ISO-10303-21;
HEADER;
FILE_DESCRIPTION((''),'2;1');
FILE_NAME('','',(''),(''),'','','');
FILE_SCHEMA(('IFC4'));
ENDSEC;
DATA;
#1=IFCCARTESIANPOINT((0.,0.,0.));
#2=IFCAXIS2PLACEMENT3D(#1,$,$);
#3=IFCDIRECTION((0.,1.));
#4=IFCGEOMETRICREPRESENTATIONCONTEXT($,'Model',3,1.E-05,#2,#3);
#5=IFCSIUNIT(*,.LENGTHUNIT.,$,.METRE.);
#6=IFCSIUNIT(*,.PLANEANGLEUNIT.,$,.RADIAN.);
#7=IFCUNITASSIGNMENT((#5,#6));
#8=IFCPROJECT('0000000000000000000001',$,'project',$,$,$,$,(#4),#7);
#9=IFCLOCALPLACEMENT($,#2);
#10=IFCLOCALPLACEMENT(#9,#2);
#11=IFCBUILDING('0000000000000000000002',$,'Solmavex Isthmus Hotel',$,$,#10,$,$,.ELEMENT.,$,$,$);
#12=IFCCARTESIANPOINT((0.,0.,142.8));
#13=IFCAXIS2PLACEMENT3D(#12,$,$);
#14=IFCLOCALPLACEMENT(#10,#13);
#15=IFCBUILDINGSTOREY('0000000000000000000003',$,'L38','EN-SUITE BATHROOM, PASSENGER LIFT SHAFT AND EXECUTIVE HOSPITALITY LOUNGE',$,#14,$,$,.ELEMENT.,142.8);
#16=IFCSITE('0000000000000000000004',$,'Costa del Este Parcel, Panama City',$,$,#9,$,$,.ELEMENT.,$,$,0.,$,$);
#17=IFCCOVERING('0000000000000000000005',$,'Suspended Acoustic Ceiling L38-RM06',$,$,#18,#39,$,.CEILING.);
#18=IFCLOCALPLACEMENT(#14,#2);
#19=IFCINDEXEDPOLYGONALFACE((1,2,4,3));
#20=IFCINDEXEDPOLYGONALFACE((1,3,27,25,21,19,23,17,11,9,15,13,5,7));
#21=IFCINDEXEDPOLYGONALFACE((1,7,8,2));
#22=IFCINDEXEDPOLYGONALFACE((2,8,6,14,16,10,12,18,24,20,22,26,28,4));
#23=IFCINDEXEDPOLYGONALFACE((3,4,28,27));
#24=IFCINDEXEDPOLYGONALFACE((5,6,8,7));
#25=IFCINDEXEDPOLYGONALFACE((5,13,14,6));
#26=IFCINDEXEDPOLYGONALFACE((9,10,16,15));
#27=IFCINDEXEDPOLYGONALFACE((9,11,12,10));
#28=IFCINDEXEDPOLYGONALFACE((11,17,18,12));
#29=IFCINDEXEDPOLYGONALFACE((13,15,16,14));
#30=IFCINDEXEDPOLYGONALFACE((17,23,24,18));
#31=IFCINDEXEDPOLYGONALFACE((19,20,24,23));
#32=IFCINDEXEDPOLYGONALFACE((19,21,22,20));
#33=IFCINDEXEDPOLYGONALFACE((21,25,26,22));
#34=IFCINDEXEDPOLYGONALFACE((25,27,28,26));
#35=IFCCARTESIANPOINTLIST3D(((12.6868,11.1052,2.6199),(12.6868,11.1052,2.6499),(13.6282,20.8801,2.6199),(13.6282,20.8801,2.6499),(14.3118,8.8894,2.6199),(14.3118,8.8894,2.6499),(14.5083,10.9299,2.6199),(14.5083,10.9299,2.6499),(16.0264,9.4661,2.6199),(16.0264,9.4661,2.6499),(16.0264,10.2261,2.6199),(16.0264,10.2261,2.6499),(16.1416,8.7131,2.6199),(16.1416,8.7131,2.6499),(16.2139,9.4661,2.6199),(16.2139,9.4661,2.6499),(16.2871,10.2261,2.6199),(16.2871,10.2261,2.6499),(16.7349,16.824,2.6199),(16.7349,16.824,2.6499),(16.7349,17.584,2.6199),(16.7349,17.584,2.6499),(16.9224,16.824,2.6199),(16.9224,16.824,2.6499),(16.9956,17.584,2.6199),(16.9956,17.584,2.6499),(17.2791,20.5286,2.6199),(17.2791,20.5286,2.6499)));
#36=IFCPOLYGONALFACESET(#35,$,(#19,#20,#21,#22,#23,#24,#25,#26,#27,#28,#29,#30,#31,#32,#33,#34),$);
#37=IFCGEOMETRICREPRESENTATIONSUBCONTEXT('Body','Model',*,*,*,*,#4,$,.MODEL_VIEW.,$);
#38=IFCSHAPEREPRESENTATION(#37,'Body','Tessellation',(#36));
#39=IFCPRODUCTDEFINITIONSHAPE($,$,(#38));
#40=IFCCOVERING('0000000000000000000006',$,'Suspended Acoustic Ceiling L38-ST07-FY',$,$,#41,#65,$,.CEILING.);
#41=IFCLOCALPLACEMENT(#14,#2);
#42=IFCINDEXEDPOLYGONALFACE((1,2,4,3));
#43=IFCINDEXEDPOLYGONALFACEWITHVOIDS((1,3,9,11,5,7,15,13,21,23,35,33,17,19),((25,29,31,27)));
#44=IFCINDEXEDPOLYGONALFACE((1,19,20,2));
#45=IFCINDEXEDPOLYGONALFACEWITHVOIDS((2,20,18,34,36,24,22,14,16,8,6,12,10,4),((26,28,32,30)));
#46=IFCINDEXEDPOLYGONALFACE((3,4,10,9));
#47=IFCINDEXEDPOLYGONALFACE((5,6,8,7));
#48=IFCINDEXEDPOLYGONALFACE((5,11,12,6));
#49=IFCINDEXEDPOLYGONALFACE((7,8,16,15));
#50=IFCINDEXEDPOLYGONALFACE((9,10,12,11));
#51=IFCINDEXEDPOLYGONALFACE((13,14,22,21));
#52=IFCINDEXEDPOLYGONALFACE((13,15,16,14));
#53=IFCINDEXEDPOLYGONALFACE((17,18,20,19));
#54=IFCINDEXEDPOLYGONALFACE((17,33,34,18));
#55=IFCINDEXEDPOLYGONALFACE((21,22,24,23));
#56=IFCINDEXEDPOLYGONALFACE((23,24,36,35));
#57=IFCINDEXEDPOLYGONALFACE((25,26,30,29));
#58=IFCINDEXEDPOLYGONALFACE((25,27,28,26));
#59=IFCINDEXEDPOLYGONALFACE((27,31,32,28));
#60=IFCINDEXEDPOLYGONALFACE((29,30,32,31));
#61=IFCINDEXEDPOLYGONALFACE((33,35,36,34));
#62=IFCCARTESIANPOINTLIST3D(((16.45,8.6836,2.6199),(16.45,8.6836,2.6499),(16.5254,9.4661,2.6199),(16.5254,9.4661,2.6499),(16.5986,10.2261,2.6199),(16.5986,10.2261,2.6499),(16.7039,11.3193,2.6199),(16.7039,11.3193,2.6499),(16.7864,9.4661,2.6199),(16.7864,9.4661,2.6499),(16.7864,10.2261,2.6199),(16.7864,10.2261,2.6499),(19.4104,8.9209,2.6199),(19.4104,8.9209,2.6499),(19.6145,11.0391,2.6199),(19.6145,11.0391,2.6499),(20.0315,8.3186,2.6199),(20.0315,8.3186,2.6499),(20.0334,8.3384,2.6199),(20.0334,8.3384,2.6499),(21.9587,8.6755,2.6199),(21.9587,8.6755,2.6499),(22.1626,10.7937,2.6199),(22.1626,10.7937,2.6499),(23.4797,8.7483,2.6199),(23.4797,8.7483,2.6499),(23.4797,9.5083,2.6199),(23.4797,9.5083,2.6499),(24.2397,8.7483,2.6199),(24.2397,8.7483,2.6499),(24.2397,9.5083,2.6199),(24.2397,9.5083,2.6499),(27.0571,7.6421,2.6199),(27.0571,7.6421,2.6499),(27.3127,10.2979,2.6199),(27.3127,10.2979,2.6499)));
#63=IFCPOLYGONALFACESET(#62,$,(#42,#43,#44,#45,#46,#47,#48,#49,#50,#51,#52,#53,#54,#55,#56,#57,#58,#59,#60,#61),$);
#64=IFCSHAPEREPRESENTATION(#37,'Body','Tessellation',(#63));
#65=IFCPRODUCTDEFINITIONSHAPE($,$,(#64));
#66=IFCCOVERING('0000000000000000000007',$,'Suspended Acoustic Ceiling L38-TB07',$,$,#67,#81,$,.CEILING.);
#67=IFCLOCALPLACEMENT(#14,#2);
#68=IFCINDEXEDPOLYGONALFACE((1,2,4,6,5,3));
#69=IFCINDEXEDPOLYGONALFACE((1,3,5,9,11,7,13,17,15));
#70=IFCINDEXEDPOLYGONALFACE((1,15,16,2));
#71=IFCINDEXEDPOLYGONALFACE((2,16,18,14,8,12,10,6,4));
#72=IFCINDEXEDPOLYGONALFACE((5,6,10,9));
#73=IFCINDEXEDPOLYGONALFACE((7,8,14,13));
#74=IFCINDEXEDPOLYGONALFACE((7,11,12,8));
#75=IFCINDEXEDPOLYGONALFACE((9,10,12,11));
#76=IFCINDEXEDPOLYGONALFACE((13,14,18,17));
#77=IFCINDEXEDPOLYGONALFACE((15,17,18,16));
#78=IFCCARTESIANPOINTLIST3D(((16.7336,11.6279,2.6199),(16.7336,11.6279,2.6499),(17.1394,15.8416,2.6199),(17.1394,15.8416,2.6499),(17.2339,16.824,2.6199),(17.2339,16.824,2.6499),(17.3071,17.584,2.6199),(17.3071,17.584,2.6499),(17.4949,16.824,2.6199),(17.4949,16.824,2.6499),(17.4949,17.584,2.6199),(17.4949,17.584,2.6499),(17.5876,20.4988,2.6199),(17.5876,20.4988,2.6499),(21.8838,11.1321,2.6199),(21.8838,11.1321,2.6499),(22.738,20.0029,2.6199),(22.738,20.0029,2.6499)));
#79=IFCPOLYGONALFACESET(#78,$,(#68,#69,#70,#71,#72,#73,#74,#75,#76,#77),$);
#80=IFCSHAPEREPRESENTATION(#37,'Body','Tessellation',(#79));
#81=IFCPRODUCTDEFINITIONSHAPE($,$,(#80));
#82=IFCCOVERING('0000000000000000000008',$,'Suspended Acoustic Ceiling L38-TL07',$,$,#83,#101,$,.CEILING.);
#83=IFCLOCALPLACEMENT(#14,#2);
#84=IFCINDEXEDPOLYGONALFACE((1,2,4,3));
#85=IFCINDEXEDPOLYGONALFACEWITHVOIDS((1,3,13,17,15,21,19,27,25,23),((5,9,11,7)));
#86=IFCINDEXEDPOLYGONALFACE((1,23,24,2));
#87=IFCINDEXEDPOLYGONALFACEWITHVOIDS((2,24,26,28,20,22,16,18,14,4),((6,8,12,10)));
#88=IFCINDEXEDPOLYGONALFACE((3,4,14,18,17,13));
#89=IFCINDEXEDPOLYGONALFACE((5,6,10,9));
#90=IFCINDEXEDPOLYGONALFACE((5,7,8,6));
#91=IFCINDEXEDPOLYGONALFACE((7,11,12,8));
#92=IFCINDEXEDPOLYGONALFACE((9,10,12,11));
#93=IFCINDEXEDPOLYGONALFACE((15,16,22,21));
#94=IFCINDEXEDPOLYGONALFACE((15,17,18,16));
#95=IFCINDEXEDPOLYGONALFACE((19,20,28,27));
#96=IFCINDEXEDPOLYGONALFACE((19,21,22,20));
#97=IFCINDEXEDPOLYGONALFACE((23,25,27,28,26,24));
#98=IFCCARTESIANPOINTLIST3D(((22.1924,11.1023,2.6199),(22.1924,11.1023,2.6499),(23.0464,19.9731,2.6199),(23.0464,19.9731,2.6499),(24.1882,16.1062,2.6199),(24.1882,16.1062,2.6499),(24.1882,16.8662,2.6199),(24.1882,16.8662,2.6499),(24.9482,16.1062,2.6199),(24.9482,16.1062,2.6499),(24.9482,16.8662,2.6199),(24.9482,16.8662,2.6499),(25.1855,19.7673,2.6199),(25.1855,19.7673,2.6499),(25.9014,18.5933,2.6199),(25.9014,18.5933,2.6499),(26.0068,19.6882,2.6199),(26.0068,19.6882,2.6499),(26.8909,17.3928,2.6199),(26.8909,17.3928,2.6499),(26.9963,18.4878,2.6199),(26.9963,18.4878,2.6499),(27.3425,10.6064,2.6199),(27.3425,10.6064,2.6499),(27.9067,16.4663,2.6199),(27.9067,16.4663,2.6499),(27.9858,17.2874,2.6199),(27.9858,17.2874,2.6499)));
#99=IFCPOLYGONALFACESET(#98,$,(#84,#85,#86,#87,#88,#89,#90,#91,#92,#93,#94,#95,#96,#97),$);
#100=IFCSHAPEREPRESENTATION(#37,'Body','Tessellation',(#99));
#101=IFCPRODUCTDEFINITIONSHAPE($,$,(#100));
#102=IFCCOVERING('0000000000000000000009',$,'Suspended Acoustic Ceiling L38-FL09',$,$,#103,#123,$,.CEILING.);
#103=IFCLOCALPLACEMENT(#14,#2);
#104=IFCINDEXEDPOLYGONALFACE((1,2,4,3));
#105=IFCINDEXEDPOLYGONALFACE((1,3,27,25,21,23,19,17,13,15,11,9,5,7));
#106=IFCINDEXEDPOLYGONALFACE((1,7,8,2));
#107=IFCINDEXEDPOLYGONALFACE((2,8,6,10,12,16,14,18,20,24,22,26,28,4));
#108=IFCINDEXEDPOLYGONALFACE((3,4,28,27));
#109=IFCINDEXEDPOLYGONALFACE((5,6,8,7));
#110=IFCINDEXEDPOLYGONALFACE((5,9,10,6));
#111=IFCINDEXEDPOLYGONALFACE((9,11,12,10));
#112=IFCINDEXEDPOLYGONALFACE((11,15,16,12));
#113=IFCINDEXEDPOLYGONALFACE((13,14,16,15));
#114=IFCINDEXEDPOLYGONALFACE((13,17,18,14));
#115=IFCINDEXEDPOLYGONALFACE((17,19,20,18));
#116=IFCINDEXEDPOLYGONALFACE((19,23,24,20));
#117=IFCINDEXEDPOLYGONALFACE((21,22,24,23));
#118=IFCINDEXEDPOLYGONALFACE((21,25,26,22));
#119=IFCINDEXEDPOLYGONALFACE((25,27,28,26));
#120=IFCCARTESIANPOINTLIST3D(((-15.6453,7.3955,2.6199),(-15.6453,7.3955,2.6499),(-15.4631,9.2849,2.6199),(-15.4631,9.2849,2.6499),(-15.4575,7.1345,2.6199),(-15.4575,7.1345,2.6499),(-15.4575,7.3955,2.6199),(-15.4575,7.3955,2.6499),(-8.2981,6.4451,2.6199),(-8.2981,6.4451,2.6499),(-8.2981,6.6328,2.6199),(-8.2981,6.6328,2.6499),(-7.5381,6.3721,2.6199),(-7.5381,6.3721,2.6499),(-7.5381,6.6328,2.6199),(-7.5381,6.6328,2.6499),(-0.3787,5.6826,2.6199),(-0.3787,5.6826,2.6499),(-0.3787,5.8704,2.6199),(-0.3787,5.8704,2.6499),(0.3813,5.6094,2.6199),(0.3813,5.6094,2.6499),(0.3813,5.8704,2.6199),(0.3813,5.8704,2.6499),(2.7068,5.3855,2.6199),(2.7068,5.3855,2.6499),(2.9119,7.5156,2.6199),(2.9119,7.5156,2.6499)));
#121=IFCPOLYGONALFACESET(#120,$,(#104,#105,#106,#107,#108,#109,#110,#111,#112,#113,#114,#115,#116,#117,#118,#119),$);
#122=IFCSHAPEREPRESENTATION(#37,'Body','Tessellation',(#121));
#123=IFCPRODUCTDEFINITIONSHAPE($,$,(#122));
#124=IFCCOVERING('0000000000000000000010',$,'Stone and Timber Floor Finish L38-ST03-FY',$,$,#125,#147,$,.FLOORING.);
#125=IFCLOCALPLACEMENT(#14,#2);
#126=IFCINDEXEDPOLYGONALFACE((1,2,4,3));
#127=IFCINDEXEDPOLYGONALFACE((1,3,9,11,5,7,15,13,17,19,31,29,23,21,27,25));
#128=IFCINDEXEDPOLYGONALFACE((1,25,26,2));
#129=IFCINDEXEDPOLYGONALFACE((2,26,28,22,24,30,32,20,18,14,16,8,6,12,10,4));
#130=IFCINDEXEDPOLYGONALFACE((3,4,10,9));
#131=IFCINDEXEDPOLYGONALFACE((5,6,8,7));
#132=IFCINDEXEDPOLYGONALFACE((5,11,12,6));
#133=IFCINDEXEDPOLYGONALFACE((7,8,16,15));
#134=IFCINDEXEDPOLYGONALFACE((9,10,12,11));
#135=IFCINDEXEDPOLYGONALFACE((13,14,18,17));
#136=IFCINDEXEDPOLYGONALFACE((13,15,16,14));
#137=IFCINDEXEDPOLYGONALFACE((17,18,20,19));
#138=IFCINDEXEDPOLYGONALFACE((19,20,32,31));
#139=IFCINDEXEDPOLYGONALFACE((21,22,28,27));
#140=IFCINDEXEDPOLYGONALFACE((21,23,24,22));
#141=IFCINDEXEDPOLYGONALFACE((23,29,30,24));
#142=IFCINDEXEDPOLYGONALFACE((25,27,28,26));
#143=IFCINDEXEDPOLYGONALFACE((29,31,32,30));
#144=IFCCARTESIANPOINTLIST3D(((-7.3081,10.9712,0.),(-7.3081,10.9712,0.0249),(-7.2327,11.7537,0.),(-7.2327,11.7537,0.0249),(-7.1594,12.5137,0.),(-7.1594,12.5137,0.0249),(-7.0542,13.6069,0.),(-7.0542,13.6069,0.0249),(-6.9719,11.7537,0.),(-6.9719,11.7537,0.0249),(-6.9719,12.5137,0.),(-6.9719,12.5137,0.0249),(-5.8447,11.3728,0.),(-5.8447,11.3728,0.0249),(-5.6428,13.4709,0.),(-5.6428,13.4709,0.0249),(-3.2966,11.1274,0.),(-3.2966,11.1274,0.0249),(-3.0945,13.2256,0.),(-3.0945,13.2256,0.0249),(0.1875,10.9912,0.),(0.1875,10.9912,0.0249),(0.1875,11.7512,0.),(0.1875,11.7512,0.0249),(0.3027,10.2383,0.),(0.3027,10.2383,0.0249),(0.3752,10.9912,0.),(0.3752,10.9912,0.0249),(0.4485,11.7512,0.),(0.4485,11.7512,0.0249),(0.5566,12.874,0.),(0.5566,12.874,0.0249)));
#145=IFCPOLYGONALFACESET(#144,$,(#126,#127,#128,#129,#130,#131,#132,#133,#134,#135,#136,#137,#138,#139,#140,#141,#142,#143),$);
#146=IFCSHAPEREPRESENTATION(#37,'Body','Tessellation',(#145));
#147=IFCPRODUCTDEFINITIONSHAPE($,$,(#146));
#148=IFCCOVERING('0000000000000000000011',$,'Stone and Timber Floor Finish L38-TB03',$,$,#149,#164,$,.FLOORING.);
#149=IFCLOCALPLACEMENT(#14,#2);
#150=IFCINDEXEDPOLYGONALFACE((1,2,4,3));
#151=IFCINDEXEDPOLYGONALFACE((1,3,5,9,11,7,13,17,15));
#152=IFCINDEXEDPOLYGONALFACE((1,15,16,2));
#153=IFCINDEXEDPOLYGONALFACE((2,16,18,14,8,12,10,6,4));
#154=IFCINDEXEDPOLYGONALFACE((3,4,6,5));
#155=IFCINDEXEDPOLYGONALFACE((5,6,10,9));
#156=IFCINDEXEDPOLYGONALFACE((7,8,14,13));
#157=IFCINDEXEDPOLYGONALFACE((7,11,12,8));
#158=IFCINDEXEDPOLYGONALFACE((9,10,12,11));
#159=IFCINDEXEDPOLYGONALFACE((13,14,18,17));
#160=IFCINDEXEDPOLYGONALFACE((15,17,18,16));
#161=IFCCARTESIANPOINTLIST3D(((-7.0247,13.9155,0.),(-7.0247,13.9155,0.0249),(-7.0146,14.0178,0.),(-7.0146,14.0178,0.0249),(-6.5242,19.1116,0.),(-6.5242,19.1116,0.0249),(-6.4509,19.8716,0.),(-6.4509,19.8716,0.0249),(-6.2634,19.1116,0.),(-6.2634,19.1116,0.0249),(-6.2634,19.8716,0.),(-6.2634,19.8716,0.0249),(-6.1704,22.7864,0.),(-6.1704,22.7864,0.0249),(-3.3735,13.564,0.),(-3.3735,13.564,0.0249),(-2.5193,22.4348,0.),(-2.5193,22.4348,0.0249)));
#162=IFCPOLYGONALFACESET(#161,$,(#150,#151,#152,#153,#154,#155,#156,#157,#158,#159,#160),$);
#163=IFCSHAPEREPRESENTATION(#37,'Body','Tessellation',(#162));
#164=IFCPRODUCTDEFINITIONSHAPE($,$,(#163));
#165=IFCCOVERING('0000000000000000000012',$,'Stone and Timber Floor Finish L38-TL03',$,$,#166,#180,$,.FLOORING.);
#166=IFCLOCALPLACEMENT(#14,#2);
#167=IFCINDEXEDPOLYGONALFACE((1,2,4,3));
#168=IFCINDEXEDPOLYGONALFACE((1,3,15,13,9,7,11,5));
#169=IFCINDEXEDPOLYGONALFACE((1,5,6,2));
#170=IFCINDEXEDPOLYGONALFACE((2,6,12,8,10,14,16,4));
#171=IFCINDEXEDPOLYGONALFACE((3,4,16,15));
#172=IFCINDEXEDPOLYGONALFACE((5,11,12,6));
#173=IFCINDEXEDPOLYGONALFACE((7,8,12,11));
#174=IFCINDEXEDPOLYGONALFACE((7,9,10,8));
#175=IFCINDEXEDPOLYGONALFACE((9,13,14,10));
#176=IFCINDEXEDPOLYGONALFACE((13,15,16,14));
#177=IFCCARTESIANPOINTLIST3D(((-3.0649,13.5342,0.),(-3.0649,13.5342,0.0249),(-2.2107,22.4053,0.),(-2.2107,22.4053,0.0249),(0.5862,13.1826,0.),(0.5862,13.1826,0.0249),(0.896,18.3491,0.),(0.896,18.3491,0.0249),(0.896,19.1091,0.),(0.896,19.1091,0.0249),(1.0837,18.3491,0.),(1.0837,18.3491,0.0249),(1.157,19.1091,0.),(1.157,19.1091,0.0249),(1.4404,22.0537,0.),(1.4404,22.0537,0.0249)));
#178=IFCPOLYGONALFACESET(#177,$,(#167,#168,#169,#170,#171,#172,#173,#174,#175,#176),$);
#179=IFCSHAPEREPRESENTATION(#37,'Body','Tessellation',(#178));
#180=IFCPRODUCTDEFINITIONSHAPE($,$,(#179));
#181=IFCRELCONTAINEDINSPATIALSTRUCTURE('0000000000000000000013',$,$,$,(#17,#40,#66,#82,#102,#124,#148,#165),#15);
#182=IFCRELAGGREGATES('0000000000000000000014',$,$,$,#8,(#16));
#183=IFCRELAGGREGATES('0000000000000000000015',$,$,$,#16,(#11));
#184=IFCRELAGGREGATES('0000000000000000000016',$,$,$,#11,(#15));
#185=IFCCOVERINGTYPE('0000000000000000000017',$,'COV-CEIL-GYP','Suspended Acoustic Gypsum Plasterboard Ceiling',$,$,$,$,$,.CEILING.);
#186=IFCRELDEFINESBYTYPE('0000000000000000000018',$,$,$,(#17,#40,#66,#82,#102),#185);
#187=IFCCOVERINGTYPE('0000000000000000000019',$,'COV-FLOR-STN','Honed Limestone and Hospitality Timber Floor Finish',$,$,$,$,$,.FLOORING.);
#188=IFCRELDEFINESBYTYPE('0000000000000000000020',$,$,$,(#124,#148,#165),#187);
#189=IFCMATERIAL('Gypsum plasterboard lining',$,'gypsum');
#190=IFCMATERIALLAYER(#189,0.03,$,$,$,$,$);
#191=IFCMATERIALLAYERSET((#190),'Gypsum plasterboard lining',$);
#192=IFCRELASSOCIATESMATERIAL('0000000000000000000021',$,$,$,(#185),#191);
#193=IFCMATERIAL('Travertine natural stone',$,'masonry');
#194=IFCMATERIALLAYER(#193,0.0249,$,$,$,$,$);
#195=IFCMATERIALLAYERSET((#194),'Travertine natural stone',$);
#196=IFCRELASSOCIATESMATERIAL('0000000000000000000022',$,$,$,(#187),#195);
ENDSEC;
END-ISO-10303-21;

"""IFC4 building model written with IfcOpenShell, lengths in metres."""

from ifc_helpers import new_model, si_unit, direction, frame, origin, place, context, subcontext, project, spatial, polyline, outline, extrude, material, layer, layer_set, type_object, element, save


model = new_model("IFC4")

# Units and contexts
model_context = context("Model", 3, precision=1e-05, world=origin(), true_north=direction((0.0, 1.0)))
body_context = subcontext(model_context, "Body", "Model", "MODEL_VIEW")
ifc_project = project(units=[si_unit("LENGTHUNIT", "METRE"), si_unit("PLANEANGLEUNIT", "RADIAN")], contexts=[model_context])

# Site, building, storey
site_placement = place(None, origin())
site = spatial("IfcSite", under=ifc_project, at=site_placement, Name="Costa del Este Parcel, Panama City", CompositionType="ELEMENT", RefElevation=0.0)
building_placement = place(site_placement, origin())
building = spatial("IfcBuilding", under=site, at=building_placement, Name="Solmavex Isthmus Hotel", CompositionType="ELEMENT")
storey_placement = place(building_placement, frame((0.0, 0.0, 142.8)))
storey = spatial("IfcBuildingStorey", under=building, at=storey_placement, Name="L38", Description="EN-SUITE BATHROOM, PASSENGER LIFT SHAFT AND EXECUTIVE HOSPITALITY LOUNGE", CompositionType="ELEMENT", Elevation=142.8)

# Shared definitions
ifc_material_1 = material(Name="Gypsum plasterboard lining", Category="gypsum")

# Coverings
ifc_layer_1 = layer(ifc_material_1, 0.03)
ifc_layer_set_1 = layer_set([ifc_layer_1], Name="Gypsum plasterboard lining")
covering_type_1 = type_object("IfcCoveringType", Name="COV-CEIL-GYP", Description="Suspended Acoustic Gypsum Plasterboard Ceiling", PredefinedType="CEILING", material=ifc_layer_set_1)
covering_1_placement = place(storey_placement, frame((0.0, 0.0, 2.6199)))
element("IfcCovering", 1, at=covering_1_placement, inside=storey, type_object=covering_type_1, Name="Suspended Acoustic Ceiling L38-RM06", PredefinedType="CEILING", context=body_context, shape_type="SweptSolid", body=[
    extrude(outline(polyline([(16.9224, 16.824), (16.7349, 16.824), (16.7349, 17.584), (16.9956, 17.584), (17.2791, 20.5286), (13.6282, 20.8801), (12.6868, 11.1052), (14.5083, 10.9299), (14.3118, 8.8894), (16.1416, 8.7131), (16.2139, 9.4661), (16.0264, 9.4661), (16.0264, 10.2261), (16.2871, 10.2261), (16.9224, 16.824)])), origin(), (0.0, 0.0, 1.0), 0.03),
])
covering_2_placement = place(storey_placement, frame((0.0, 0.0, 2.6199)))
element("IfcCovering", 2, at=covering_2_placement, inside=storey, type_object=covering_type_1, Name="Suspended Acoustic Ceiling L38-ST07-FY", PredefinedType="CEILING", context=body_context, shape_type="SweptSolid", body=[
    extrude(outline(polyline([(19.6145, 11.0391), (16.7039, 11.3193), (16.5986, 10.2261), (16.7864, 10.2261), (16.7864, 9.4661), (16.5254, 9.4661), (16.45, 8.6836), (20.0334, 8.3384), (20.0315, 8.3186), (27.0571, 7.6421), (27.3127, 10.2979), (22.1626, 10.7937), (21.9587, 8.6755), (19.4104, 8.9209), (19.6145, 11.0391)]), holes=[polyline([(23.4797, 8.7483), (23.4797, 9.5083), (24.2397, 9.5083), (24.2397, 8.7483), (23.4797, 8.7483)])]), origin(), (0.0, 0.0, 1.0), 0.03),
])
covering_3_placement = place(storey_placement, frame((0.0, 0.0, 2.6199)))
element("IfcCovering", 3, at=covering_3_placement, inside=storey, type_object=covering_type_1, Name="Suspended Acoustic Ceiling L38-TB07", PredefinedType="CEILING", context=body_context, shape_type="SweptSolid", body=[
    extrude(outline(polyline([(17.3071, 17.584), (17.4949, 17.584), (17.4949, 16.824), (17.2339, 16.824), (17.1394, 15.8416), (16.7336, 11.6279), (21.8838, 11.1321), (22.738, 20.0029), (17.5876, 20.4988), (17.3071, 17.584)])), origin(), (0.0, 0.0, 1.0), 0.03),
])
covering_4_placement = place(storey_placement, frame((0.0, 0.0, 2.6199)))
element("IfcCovering", 4, at=covering_4_placement, inside=storey, type_object=covering_type_1, Name="Suspended Acoustic Ceiling L38-TL07", PredefinedType="CEILING", context=body_context, shape_type="SweptSolid", body=[
    extrude(outline(polyline([(26.0068, 19.6882), (25.1855, 19.7673), (23.0464, 19.9731), (22.1924, 11.1023), (27.3425, 10.6064), (27.9067, 16.4663), (27.9858, 17.2874), (26.8909, 17.3928), (26.9963, 18.4878), (25.9014, 18.5933), (26.0068, 19.6882)]), holes=[polyline([(24.1882, 16.1062), (24.1882, 16.8662), (24.9482, 16.8662), (24.9482, 16.1062), (24.1882, 16.1062)])]), origin(), (0.0, 0.0, 1.0), 0.03),
])
covering_5_placement = place(storey_placement, frame((0.0, 0.0, 2.6199)))
element("IfcCovering", 5, at=covering_5_placement, inside=storey, type_object=covering_type_1, Name="Suspended Acoustic Ceiling L38-FL09", PredefinedType="CEILING", context=body_context, shape_type="SweptSolid", body=[
    extrude(outline(polyline([(-0.3787, 5.6826), (-0.3787, 5.8704), (0.3813, 5.8704), (0.3813, 5.6094), (2.7068, 5.3855), (2.9119, 7.5156), (-15.4631, 9.2849), (-15.6453, 7.3955), (-15.4575, 7.3955), (-15.4575, 7.1345), (-8.2981, 6.4451), (-8.2981, 6.6328), (-7.5381, 6.6328), (-7.5381, 6.3721), (-0.3787, 5.6826)])), origin(), (0.0, 0.0, 1.0), 0.03),
])
ifc_material_2 = material(Name="Travertine natural stone", Category="masonry")
ifc_layer_2 = layer(ifc_material_2, 0.0249)
ifc_layer_set_2 = layer_set([ifc_layer_2], Name="Travertine natural stone")
covering_type_2 = type_object("IfcCoveringType", Name="COV-FLOR-STN", Description="Honed Limestone and Hospitality Timber Floor Finish", PredefinedType="FLOORING", material=ifc_layer_set_2)
covering_6_placement = place(storey_placement, origin())
element("IfcCovering", 6, at=covering_6_placement, inside=storey, type_object=covering_type_2, Name="Stone and Timber Floor Finish L38-ST03-FY", PredefinedType="FLOORING", context=body_context, shape_type="SweptSolid", body=[
    extrude(outline(polyline([(-3.0945, 13.2256), (-3.2966, 11.1274), (-5.8447, 11.3728), (-5.6428, 13.4709), (-7.0542, 13.6069), (-7.1594, 12.5137), (-6.9719, 12.5137), (-6.9719, 11.7537), (-7.2327, 11.7537), (-7.3081, 10.9712), (0.3027, 10.2383), (0.3752, 10.9912), (0.1875, 10.9912), (0.1875, 11.7512), (0.4485, 11.7512), (0.5566, 12.874), (-3.0945, 13.2256)])), origin(), (0.0, 0.0, 1.0), 0.0249),
])
covering_7_placement = place(storey_placement, origin())
element("IfcCovering", 7, at=covering_7_placement, inside=storey, type_object=covering_type_2, Name="Stone and Timber Floor Finish L38-TB03", PredefinedType="FLOORING", context=body_context, shape_type="SweptSolid", body=[
    extrude(outline(polyline([(-6.4509, 19.8716), (-6.2634, 19.8716), (-6.2634, 19.1116), (-6.5242, 19.1116), (-7.0146, 14.0178), (-7.0247, 13.9155), (-3.3735, 13.564), (-2.5193, 22.4348), (-6.1704, 22.7864), (-6.4509, 19.8716)])), origin(), (0.0, 0.0, 1.0), 0.0249),
])
covering_8_placement = place(storey_placement, origin())
element("IfcCovering", 8, at=covering_8_placement, inside=storey, type_object=covering_type_2, Name="Stone and Timber Floor Finish L38-TL03", PredefinedType="FLOORING", context=body_context, shape_type="SweptSolid", body=[
    extrude(outline(polyline([(1.0837, 18.3491), (0.896, 18.3491), (0.896, 19.1091), (1.157, 19.1091), (1.4404, 22.0537), (-2.2107, 22.4053), (-3.0649, 13.5342), (0.5862, 13.1826), (1.0837, 18.3491)])), origin(), (0.0, 0.0, 1.0), 0.0249),
])

save(model, "model.ifc")
